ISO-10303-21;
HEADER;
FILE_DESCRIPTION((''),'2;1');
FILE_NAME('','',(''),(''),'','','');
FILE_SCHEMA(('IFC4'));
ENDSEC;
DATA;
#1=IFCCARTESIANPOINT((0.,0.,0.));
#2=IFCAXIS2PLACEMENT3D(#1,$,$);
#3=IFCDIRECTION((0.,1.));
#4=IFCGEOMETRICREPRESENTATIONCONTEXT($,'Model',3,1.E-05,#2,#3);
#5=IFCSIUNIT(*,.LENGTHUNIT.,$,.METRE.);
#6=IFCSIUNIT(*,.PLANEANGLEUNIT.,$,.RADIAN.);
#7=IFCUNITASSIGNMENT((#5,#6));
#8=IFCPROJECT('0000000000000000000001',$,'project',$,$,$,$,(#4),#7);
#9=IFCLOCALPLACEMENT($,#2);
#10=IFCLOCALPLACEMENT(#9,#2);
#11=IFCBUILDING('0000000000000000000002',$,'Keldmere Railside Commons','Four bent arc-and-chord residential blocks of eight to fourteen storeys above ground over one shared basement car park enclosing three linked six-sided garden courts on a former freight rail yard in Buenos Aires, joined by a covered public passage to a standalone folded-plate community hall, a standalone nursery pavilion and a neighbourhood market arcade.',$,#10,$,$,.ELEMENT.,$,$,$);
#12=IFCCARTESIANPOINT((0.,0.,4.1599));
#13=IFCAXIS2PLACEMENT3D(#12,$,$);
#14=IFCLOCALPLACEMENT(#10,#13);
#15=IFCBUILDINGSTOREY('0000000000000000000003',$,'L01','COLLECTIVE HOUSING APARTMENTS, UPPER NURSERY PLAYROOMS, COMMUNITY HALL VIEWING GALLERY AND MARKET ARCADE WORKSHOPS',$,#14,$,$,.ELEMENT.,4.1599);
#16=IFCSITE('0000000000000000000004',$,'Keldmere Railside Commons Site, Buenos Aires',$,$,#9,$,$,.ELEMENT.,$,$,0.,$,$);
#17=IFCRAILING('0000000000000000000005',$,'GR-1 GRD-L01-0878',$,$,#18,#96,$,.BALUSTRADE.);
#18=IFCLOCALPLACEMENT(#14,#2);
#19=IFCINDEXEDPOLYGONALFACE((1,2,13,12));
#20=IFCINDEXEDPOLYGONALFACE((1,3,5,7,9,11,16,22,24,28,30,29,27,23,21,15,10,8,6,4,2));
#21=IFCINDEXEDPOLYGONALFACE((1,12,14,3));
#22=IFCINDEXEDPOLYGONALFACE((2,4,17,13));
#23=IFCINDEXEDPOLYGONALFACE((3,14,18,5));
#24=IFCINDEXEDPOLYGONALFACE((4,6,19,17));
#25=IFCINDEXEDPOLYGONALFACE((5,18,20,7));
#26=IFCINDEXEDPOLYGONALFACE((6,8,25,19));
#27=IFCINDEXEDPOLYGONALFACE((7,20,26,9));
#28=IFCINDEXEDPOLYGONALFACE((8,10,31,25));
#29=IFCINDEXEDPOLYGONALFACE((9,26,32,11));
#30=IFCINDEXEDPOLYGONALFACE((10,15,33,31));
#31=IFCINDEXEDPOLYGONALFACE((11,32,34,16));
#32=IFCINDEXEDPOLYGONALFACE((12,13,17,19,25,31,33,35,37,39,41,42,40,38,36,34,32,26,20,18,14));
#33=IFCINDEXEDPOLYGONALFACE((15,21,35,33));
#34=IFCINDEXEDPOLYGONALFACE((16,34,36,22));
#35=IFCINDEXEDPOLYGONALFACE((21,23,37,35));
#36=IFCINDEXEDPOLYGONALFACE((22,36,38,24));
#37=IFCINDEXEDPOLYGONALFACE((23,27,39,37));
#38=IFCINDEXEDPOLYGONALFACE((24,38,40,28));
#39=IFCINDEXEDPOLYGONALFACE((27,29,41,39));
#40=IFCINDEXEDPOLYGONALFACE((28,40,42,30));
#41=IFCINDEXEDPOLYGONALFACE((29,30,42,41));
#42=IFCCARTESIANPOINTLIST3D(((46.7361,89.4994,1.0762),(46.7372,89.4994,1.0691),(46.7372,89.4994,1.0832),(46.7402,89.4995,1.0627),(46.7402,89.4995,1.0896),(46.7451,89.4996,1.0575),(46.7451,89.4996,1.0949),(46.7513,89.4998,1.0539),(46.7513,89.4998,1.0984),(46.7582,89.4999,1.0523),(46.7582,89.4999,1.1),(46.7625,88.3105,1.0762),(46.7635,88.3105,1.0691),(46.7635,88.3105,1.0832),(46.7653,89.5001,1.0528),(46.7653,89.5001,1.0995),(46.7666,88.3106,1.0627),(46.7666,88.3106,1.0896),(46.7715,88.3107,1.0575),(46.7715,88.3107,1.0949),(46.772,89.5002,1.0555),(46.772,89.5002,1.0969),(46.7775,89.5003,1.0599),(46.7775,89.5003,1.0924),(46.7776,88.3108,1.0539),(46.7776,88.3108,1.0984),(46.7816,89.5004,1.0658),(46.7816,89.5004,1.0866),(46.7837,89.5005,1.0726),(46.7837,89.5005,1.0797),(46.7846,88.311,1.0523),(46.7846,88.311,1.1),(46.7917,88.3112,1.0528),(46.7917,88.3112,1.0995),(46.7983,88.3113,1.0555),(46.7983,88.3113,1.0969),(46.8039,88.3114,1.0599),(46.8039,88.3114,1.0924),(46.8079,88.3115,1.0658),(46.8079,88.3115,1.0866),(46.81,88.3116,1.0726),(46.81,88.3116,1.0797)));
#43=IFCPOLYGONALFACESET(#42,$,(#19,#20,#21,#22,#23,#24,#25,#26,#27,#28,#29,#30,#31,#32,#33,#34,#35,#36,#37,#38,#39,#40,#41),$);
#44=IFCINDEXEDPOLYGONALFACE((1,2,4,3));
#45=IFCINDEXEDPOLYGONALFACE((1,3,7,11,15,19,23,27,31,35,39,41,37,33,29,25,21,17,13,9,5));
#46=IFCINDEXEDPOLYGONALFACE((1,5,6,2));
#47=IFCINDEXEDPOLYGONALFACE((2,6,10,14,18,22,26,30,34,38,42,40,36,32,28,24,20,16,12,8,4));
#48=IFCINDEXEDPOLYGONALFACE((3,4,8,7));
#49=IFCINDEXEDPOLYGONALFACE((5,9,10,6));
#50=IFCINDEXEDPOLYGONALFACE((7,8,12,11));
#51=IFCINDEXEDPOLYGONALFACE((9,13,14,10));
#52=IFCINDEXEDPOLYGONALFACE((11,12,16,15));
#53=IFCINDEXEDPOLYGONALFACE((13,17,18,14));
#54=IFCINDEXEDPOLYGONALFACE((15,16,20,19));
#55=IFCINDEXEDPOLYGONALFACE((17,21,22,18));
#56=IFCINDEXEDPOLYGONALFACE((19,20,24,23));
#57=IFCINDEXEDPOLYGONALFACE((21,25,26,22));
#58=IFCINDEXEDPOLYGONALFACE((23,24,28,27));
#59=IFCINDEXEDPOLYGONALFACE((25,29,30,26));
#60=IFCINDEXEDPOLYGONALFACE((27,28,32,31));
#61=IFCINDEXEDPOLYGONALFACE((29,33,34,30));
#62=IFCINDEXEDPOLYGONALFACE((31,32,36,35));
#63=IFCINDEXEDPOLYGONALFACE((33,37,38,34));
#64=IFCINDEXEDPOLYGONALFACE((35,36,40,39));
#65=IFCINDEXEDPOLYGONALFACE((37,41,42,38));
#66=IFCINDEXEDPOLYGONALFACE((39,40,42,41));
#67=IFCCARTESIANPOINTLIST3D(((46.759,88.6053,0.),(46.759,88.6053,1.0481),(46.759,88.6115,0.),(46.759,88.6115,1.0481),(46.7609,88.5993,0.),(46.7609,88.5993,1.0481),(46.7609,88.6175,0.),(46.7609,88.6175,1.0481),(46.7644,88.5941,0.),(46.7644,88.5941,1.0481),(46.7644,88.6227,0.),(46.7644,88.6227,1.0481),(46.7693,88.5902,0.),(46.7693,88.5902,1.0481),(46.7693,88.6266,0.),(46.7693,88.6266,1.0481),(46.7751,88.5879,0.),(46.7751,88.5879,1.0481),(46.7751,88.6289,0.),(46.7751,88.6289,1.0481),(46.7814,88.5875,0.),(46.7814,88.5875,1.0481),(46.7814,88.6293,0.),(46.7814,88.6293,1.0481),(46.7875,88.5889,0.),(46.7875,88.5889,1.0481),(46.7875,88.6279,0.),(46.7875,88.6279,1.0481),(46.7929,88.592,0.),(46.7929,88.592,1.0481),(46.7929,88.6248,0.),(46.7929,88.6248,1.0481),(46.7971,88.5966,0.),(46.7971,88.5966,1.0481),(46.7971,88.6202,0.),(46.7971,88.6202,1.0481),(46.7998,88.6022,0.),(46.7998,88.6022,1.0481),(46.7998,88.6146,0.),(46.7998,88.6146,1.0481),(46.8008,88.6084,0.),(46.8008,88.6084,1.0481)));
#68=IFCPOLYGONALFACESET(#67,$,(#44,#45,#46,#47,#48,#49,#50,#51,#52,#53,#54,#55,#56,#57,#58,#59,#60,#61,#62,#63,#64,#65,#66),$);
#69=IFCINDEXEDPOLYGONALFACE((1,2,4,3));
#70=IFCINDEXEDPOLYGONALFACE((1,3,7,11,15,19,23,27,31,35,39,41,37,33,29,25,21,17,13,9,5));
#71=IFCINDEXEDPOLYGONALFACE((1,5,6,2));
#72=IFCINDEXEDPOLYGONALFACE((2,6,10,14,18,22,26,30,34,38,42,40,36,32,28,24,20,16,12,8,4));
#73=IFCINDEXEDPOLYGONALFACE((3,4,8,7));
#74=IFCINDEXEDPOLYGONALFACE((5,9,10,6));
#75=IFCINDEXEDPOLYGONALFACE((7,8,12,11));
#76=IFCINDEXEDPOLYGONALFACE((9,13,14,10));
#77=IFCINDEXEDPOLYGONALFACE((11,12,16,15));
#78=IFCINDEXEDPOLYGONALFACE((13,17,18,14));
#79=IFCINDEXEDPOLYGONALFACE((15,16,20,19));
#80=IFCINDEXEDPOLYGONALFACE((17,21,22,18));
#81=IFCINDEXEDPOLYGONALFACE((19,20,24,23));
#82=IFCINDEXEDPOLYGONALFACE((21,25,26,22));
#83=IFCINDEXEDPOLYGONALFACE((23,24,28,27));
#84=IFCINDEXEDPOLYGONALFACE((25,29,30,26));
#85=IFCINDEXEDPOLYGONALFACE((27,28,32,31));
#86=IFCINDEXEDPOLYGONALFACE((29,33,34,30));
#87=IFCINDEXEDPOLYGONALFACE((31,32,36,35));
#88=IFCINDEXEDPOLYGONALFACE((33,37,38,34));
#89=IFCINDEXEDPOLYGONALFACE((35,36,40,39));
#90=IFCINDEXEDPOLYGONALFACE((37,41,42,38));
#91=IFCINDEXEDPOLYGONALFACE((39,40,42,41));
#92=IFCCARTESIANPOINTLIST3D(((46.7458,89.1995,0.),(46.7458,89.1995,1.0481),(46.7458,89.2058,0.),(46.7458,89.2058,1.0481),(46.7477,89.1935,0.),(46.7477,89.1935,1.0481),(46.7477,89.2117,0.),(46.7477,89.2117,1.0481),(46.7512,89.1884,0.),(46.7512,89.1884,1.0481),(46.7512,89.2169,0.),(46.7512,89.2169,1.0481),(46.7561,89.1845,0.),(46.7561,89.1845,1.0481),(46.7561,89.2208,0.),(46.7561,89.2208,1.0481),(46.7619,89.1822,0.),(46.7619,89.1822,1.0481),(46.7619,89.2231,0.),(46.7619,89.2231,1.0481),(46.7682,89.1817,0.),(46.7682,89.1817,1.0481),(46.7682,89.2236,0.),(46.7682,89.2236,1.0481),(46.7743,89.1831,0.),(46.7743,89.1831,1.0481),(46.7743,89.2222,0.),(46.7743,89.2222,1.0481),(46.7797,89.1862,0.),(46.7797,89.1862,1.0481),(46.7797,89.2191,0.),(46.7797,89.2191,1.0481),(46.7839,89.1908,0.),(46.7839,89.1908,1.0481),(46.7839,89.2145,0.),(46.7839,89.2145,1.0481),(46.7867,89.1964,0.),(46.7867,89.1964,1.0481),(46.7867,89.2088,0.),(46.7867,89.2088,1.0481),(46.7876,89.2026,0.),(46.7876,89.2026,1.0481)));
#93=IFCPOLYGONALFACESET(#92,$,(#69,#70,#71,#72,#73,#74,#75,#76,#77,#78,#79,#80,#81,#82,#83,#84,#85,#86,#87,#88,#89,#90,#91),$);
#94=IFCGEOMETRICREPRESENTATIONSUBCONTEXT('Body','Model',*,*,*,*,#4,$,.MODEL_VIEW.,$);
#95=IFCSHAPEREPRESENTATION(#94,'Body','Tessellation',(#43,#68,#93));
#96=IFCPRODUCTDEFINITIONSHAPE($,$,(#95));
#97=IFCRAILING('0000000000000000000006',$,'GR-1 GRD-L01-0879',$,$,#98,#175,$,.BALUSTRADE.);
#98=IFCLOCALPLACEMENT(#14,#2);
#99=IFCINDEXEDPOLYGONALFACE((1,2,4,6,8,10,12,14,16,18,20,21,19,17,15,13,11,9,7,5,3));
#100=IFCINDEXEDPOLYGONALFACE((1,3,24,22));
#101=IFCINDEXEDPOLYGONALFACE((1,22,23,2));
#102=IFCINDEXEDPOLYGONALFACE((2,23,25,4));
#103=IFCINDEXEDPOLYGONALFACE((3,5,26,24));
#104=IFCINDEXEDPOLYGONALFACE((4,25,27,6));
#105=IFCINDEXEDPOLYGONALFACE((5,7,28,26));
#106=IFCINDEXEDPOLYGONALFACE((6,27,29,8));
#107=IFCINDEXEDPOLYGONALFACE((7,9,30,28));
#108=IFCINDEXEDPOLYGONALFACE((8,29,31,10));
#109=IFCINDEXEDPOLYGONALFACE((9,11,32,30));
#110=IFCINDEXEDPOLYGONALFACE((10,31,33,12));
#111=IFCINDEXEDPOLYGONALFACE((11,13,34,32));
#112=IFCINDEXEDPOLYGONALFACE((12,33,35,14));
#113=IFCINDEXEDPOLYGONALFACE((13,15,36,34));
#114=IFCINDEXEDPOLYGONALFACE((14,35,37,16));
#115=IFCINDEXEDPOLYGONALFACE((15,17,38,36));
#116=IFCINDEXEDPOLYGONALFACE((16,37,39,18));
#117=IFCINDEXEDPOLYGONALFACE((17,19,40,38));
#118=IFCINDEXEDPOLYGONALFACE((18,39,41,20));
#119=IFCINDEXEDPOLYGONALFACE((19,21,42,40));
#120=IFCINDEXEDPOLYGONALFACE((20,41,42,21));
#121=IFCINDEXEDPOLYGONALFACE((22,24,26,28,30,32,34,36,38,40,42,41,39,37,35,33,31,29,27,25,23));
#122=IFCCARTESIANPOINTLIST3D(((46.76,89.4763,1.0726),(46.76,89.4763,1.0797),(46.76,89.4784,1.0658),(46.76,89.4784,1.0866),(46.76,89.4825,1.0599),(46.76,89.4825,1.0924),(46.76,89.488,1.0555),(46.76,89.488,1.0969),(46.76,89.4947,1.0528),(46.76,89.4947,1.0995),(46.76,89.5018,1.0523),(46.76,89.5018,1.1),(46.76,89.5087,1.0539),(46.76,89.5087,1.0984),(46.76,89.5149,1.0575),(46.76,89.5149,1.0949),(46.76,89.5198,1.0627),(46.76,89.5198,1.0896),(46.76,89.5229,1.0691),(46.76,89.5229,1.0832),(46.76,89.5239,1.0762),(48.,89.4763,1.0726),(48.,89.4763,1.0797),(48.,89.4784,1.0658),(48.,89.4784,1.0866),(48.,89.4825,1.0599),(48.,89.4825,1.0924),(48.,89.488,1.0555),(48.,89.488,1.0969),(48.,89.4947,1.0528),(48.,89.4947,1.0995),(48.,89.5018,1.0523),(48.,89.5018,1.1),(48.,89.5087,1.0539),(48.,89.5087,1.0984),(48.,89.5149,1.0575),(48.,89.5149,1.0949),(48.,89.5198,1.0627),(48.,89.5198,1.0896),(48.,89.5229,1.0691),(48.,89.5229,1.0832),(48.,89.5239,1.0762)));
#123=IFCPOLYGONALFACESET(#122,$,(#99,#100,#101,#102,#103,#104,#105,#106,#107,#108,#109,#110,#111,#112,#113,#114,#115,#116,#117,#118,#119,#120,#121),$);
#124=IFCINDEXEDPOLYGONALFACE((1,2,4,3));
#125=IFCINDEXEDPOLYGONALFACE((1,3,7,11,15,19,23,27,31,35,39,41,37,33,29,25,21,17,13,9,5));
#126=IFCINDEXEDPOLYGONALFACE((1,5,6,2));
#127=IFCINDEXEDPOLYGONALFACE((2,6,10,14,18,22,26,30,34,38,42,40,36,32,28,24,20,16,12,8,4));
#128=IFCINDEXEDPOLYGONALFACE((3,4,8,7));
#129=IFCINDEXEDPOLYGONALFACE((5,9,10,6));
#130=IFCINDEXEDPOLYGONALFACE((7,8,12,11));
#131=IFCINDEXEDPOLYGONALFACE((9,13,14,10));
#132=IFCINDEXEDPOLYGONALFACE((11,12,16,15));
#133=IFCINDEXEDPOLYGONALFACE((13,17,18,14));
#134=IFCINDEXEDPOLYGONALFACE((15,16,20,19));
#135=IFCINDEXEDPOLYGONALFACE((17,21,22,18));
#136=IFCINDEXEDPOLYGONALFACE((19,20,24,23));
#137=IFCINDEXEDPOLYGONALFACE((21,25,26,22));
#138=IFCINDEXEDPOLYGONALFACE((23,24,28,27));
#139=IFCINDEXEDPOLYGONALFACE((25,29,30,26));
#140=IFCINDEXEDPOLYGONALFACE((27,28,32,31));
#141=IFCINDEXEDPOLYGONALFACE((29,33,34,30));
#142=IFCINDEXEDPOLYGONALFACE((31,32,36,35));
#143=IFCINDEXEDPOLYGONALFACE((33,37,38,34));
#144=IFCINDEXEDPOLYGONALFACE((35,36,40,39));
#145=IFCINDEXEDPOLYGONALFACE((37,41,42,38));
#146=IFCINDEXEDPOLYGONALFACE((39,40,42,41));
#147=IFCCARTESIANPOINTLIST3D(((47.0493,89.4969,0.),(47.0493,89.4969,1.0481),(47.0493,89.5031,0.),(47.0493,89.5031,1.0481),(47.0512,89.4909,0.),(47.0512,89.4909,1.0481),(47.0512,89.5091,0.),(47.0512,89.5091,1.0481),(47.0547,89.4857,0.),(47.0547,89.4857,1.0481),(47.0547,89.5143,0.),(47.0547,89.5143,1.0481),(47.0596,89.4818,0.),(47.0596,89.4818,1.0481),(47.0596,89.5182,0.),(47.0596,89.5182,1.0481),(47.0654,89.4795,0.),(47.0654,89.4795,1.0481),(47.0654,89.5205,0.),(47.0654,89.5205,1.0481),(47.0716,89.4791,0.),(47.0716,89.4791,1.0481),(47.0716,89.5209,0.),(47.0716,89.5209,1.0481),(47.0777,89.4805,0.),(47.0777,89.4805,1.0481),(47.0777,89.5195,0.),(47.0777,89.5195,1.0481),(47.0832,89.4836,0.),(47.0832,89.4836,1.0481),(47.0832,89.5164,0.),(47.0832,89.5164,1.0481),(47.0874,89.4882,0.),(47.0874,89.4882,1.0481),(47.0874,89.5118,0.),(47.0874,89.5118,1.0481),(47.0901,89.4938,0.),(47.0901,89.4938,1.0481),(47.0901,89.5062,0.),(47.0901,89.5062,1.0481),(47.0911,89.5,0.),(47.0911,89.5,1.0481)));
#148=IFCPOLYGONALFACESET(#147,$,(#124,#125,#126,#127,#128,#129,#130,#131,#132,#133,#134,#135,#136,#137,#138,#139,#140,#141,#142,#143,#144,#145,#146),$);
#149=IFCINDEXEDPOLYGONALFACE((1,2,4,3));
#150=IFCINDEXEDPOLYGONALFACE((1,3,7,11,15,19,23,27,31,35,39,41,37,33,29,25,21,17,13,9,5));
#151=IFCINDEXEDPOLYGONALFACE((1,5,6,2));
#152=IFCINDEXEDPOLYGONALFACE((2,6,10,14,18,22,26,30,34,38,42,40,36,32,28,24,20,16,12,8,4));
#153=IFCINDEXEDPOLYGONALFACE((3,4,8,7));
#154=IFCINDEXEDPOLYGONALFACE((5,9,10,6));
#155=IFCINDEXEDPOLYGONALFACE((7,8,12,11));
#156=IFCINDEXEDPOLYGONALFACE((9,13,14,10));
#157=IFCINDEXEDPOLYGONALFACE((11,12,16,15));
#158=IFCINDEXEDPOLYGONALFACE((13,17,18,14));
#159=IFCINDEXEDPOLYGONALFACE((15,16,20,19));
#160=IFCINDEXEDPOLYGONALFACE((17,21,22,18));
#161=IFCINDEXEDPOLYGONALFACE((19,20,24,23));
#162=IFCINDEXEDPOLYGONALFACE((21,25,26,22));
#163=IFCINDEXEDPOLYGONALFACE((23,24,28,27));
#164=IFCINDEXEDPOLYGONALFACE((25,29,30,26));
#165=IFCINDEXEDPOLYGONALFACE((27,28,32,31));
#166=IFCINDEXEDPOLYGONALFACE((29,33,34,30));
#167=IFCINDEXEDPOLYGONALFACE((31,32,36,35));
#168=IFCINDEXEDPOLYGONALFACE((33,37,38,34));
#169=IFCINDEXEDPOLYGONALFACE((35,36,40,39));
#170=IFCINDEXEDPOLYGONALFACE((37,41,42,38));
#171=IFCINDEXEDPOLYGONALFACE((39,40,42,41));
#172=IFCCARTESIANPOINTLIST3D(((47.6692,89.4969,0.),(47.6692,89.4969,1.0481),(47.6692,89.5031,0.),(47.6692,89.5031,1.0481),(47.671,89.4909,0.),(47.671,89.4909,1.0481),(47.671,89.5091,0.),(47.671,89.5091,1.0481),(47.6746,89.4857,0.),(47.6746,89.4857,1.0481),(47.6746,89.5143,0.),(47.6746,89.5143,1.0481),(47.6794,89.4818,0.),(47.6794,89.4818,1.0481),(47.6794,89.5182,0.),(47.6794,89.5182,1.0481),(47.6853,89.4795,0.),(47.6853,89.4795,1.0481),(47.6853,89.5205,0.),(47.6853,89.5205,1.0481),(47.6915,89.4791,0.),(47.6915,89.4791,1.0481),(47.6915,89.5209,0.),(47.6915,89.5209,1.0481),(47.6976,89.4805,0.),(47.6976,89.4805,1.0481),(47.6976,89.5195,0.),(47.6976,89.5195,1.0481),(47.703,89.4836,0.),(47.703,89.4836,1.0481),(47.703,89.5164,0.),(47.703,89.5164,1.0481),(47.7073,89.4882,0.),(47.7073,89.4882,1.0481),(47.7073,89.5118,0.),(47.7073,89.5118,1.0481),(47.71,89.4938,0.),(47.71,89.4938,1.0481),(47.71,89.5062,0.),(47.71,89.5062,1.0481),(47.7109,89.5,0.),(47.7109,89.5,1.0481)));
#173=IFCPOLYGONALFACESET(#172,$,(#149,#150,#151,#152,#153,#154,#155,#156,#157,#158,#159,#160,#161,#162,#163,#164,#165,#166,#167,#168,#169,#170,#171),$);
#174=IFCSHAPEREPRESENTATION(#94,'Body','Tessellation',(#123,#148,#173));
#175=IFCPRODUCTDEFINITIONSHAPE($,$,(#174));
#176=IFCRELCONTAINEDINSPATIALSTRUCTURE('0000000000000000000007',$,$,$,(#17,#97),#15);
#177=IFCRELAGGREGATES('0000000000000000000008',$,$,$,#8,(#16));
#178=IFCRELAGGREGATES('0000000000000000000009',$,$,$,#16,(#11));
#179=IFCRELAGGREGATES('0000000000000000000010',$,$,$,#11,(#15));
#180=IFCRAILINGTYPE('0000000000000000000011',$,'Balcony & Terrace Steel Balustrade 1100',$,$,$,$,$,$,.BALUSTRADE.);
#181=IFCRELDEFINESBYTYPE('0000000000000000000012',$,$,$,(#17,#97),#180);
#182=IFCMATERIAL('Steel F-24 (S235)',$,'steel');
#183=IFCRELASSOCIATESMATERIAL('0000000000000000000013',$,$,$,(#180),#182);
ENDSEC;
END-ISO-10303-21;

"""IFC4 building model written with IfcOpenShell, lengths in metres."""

from ifc_helpers import new_model, si_unit, direction, frame, origin, origin_2d, place, context, subcontext, project, spatial, circle, extrude, material, type_object, element, save


model = new_model("IFC4")

# Units and contexts
model_context = context("Model", 3, precision=1e-05, world=origin(), true_north=direction((0.0, 1.0)))
body_context = subcontext(model_context, "Body", "Model", "MODEL_VIEW")
ifc_project = project(units=[si_unit("LENGTHUNIT", "METRE"), si_unit("PLANEANGLEUNIT", "RADIAN")], contexts=[model_context])

# Site, building, storey
site_placement = place(None, origin())
site = spatial("IfcSite", under=ifc_project, at=site_placement, Name="Keldmere Railside Commons Site, Buenos Aires", CompositionType="ELEMENT", RefElevation=0.0)
building_placement = place(site_placement, origin())
building = spatial("IfcBuilding", under=site, at=building_placement, Name="Keldmere Railside Commons", Description="Four bent arc-and-chord residential blocks of eight to fourteen storeys above ground over one shared basement car park enclosing three linked six-sided garden courts on a former freight rail yard in Buenos Aires, joined by a covered public passage to a standalone folded-plate community hall, a standalone nursery pavilion and a neighbourhood market arcade.", CompositionType="ELEMENT")
storey_placement = place(building_placement, frame((0.0, 0.0, 4.1599)))
storey = spatial("IfcBuildingStorey", under=building, at=storey_placement, Name="L01", Description="COLLECTIVE HOUSING APARTMENTS, UPPER NURSERY PLAYROOMS, COMMUNITY HALL VIEWING GALLERY AND MARKET ARCADE WORKSHOPS", CompositionType="ELEMENT", Elevation=4.1599)

# Railings
ifc_material_1 = material(Name="Steel F-24 (S235)", Category="steel")
railing_type = type_object("IfcRailingType", Name="Balcony & Terrace Steel Balustrade 1100", PredefinedType="BALUSTRADE", material=ifc_material_1)
railing_1_placement = place(storey_placement, frame((46.7864, 88.311, 0.0)))
element("IfcRailing", 1, at=railing_1_placement, inside=storey, type_object=railing_type, Name="GR-1 GRD-L01-0878", PredefinedType="BALUSTRADE", context=body_context, shape_type="SweptSolid", body=[
    extrude(circle(Radius=0.0239, at=origin_2d()), frame((0.0, 0.0, 1.0762), z_axis=(-0.022171, 0.999754, 0.0), x_axis=(-0.999754, -0.022171, 0.0)), (0.0, 0.0, 1.0), 1.1892),
    extrude(circle(Radius=0.021, at=origin_2d()), frame((-0.0066, 0.2974, 0.0)), (0.0, 0.0, 1.0), 1.0481),
    extrude(circle(Radius=0.021, at=origin_2d()), frame((-0.0198, 0.8916, 0.0)), (0.0, 0.0, 1.0), 1.0481),
])
railing_2_placement = place(storey_placement, frame((46.76, 89.5, 0.0)))
element("IfcRailing", 2, at=railing_2_placement, inside=storey, type_object=railing_type, Name="GR-1 GRD-L01-0879", PredefinedType="BALUSTRADE", context=body_context, shape_type="SweptSolid", body=[
    extrude(circle(Radius=0.0239, at=origin_2d()), frame((0.0, 0.0, 1.0762), z_axis=(1.0, 0.0, 0.0), x_axis=(0.0, 1.0, 0.0)), (0.0, 0.0, 1.0), 1.24),
    extrude(circle(Radius=0.021, at=origin_2d()), frame((0.3101, 0.0, 0.0)), (0.0, 0.0, 1.0), 1.0481),
    extrude(circle(Radius=0.021, at=origin_2d()), frame((0.9299, 0.0, 0.0)), (0.0, 0.0, 1.0), 1.0481),
])

save(model, "model.ifc")
